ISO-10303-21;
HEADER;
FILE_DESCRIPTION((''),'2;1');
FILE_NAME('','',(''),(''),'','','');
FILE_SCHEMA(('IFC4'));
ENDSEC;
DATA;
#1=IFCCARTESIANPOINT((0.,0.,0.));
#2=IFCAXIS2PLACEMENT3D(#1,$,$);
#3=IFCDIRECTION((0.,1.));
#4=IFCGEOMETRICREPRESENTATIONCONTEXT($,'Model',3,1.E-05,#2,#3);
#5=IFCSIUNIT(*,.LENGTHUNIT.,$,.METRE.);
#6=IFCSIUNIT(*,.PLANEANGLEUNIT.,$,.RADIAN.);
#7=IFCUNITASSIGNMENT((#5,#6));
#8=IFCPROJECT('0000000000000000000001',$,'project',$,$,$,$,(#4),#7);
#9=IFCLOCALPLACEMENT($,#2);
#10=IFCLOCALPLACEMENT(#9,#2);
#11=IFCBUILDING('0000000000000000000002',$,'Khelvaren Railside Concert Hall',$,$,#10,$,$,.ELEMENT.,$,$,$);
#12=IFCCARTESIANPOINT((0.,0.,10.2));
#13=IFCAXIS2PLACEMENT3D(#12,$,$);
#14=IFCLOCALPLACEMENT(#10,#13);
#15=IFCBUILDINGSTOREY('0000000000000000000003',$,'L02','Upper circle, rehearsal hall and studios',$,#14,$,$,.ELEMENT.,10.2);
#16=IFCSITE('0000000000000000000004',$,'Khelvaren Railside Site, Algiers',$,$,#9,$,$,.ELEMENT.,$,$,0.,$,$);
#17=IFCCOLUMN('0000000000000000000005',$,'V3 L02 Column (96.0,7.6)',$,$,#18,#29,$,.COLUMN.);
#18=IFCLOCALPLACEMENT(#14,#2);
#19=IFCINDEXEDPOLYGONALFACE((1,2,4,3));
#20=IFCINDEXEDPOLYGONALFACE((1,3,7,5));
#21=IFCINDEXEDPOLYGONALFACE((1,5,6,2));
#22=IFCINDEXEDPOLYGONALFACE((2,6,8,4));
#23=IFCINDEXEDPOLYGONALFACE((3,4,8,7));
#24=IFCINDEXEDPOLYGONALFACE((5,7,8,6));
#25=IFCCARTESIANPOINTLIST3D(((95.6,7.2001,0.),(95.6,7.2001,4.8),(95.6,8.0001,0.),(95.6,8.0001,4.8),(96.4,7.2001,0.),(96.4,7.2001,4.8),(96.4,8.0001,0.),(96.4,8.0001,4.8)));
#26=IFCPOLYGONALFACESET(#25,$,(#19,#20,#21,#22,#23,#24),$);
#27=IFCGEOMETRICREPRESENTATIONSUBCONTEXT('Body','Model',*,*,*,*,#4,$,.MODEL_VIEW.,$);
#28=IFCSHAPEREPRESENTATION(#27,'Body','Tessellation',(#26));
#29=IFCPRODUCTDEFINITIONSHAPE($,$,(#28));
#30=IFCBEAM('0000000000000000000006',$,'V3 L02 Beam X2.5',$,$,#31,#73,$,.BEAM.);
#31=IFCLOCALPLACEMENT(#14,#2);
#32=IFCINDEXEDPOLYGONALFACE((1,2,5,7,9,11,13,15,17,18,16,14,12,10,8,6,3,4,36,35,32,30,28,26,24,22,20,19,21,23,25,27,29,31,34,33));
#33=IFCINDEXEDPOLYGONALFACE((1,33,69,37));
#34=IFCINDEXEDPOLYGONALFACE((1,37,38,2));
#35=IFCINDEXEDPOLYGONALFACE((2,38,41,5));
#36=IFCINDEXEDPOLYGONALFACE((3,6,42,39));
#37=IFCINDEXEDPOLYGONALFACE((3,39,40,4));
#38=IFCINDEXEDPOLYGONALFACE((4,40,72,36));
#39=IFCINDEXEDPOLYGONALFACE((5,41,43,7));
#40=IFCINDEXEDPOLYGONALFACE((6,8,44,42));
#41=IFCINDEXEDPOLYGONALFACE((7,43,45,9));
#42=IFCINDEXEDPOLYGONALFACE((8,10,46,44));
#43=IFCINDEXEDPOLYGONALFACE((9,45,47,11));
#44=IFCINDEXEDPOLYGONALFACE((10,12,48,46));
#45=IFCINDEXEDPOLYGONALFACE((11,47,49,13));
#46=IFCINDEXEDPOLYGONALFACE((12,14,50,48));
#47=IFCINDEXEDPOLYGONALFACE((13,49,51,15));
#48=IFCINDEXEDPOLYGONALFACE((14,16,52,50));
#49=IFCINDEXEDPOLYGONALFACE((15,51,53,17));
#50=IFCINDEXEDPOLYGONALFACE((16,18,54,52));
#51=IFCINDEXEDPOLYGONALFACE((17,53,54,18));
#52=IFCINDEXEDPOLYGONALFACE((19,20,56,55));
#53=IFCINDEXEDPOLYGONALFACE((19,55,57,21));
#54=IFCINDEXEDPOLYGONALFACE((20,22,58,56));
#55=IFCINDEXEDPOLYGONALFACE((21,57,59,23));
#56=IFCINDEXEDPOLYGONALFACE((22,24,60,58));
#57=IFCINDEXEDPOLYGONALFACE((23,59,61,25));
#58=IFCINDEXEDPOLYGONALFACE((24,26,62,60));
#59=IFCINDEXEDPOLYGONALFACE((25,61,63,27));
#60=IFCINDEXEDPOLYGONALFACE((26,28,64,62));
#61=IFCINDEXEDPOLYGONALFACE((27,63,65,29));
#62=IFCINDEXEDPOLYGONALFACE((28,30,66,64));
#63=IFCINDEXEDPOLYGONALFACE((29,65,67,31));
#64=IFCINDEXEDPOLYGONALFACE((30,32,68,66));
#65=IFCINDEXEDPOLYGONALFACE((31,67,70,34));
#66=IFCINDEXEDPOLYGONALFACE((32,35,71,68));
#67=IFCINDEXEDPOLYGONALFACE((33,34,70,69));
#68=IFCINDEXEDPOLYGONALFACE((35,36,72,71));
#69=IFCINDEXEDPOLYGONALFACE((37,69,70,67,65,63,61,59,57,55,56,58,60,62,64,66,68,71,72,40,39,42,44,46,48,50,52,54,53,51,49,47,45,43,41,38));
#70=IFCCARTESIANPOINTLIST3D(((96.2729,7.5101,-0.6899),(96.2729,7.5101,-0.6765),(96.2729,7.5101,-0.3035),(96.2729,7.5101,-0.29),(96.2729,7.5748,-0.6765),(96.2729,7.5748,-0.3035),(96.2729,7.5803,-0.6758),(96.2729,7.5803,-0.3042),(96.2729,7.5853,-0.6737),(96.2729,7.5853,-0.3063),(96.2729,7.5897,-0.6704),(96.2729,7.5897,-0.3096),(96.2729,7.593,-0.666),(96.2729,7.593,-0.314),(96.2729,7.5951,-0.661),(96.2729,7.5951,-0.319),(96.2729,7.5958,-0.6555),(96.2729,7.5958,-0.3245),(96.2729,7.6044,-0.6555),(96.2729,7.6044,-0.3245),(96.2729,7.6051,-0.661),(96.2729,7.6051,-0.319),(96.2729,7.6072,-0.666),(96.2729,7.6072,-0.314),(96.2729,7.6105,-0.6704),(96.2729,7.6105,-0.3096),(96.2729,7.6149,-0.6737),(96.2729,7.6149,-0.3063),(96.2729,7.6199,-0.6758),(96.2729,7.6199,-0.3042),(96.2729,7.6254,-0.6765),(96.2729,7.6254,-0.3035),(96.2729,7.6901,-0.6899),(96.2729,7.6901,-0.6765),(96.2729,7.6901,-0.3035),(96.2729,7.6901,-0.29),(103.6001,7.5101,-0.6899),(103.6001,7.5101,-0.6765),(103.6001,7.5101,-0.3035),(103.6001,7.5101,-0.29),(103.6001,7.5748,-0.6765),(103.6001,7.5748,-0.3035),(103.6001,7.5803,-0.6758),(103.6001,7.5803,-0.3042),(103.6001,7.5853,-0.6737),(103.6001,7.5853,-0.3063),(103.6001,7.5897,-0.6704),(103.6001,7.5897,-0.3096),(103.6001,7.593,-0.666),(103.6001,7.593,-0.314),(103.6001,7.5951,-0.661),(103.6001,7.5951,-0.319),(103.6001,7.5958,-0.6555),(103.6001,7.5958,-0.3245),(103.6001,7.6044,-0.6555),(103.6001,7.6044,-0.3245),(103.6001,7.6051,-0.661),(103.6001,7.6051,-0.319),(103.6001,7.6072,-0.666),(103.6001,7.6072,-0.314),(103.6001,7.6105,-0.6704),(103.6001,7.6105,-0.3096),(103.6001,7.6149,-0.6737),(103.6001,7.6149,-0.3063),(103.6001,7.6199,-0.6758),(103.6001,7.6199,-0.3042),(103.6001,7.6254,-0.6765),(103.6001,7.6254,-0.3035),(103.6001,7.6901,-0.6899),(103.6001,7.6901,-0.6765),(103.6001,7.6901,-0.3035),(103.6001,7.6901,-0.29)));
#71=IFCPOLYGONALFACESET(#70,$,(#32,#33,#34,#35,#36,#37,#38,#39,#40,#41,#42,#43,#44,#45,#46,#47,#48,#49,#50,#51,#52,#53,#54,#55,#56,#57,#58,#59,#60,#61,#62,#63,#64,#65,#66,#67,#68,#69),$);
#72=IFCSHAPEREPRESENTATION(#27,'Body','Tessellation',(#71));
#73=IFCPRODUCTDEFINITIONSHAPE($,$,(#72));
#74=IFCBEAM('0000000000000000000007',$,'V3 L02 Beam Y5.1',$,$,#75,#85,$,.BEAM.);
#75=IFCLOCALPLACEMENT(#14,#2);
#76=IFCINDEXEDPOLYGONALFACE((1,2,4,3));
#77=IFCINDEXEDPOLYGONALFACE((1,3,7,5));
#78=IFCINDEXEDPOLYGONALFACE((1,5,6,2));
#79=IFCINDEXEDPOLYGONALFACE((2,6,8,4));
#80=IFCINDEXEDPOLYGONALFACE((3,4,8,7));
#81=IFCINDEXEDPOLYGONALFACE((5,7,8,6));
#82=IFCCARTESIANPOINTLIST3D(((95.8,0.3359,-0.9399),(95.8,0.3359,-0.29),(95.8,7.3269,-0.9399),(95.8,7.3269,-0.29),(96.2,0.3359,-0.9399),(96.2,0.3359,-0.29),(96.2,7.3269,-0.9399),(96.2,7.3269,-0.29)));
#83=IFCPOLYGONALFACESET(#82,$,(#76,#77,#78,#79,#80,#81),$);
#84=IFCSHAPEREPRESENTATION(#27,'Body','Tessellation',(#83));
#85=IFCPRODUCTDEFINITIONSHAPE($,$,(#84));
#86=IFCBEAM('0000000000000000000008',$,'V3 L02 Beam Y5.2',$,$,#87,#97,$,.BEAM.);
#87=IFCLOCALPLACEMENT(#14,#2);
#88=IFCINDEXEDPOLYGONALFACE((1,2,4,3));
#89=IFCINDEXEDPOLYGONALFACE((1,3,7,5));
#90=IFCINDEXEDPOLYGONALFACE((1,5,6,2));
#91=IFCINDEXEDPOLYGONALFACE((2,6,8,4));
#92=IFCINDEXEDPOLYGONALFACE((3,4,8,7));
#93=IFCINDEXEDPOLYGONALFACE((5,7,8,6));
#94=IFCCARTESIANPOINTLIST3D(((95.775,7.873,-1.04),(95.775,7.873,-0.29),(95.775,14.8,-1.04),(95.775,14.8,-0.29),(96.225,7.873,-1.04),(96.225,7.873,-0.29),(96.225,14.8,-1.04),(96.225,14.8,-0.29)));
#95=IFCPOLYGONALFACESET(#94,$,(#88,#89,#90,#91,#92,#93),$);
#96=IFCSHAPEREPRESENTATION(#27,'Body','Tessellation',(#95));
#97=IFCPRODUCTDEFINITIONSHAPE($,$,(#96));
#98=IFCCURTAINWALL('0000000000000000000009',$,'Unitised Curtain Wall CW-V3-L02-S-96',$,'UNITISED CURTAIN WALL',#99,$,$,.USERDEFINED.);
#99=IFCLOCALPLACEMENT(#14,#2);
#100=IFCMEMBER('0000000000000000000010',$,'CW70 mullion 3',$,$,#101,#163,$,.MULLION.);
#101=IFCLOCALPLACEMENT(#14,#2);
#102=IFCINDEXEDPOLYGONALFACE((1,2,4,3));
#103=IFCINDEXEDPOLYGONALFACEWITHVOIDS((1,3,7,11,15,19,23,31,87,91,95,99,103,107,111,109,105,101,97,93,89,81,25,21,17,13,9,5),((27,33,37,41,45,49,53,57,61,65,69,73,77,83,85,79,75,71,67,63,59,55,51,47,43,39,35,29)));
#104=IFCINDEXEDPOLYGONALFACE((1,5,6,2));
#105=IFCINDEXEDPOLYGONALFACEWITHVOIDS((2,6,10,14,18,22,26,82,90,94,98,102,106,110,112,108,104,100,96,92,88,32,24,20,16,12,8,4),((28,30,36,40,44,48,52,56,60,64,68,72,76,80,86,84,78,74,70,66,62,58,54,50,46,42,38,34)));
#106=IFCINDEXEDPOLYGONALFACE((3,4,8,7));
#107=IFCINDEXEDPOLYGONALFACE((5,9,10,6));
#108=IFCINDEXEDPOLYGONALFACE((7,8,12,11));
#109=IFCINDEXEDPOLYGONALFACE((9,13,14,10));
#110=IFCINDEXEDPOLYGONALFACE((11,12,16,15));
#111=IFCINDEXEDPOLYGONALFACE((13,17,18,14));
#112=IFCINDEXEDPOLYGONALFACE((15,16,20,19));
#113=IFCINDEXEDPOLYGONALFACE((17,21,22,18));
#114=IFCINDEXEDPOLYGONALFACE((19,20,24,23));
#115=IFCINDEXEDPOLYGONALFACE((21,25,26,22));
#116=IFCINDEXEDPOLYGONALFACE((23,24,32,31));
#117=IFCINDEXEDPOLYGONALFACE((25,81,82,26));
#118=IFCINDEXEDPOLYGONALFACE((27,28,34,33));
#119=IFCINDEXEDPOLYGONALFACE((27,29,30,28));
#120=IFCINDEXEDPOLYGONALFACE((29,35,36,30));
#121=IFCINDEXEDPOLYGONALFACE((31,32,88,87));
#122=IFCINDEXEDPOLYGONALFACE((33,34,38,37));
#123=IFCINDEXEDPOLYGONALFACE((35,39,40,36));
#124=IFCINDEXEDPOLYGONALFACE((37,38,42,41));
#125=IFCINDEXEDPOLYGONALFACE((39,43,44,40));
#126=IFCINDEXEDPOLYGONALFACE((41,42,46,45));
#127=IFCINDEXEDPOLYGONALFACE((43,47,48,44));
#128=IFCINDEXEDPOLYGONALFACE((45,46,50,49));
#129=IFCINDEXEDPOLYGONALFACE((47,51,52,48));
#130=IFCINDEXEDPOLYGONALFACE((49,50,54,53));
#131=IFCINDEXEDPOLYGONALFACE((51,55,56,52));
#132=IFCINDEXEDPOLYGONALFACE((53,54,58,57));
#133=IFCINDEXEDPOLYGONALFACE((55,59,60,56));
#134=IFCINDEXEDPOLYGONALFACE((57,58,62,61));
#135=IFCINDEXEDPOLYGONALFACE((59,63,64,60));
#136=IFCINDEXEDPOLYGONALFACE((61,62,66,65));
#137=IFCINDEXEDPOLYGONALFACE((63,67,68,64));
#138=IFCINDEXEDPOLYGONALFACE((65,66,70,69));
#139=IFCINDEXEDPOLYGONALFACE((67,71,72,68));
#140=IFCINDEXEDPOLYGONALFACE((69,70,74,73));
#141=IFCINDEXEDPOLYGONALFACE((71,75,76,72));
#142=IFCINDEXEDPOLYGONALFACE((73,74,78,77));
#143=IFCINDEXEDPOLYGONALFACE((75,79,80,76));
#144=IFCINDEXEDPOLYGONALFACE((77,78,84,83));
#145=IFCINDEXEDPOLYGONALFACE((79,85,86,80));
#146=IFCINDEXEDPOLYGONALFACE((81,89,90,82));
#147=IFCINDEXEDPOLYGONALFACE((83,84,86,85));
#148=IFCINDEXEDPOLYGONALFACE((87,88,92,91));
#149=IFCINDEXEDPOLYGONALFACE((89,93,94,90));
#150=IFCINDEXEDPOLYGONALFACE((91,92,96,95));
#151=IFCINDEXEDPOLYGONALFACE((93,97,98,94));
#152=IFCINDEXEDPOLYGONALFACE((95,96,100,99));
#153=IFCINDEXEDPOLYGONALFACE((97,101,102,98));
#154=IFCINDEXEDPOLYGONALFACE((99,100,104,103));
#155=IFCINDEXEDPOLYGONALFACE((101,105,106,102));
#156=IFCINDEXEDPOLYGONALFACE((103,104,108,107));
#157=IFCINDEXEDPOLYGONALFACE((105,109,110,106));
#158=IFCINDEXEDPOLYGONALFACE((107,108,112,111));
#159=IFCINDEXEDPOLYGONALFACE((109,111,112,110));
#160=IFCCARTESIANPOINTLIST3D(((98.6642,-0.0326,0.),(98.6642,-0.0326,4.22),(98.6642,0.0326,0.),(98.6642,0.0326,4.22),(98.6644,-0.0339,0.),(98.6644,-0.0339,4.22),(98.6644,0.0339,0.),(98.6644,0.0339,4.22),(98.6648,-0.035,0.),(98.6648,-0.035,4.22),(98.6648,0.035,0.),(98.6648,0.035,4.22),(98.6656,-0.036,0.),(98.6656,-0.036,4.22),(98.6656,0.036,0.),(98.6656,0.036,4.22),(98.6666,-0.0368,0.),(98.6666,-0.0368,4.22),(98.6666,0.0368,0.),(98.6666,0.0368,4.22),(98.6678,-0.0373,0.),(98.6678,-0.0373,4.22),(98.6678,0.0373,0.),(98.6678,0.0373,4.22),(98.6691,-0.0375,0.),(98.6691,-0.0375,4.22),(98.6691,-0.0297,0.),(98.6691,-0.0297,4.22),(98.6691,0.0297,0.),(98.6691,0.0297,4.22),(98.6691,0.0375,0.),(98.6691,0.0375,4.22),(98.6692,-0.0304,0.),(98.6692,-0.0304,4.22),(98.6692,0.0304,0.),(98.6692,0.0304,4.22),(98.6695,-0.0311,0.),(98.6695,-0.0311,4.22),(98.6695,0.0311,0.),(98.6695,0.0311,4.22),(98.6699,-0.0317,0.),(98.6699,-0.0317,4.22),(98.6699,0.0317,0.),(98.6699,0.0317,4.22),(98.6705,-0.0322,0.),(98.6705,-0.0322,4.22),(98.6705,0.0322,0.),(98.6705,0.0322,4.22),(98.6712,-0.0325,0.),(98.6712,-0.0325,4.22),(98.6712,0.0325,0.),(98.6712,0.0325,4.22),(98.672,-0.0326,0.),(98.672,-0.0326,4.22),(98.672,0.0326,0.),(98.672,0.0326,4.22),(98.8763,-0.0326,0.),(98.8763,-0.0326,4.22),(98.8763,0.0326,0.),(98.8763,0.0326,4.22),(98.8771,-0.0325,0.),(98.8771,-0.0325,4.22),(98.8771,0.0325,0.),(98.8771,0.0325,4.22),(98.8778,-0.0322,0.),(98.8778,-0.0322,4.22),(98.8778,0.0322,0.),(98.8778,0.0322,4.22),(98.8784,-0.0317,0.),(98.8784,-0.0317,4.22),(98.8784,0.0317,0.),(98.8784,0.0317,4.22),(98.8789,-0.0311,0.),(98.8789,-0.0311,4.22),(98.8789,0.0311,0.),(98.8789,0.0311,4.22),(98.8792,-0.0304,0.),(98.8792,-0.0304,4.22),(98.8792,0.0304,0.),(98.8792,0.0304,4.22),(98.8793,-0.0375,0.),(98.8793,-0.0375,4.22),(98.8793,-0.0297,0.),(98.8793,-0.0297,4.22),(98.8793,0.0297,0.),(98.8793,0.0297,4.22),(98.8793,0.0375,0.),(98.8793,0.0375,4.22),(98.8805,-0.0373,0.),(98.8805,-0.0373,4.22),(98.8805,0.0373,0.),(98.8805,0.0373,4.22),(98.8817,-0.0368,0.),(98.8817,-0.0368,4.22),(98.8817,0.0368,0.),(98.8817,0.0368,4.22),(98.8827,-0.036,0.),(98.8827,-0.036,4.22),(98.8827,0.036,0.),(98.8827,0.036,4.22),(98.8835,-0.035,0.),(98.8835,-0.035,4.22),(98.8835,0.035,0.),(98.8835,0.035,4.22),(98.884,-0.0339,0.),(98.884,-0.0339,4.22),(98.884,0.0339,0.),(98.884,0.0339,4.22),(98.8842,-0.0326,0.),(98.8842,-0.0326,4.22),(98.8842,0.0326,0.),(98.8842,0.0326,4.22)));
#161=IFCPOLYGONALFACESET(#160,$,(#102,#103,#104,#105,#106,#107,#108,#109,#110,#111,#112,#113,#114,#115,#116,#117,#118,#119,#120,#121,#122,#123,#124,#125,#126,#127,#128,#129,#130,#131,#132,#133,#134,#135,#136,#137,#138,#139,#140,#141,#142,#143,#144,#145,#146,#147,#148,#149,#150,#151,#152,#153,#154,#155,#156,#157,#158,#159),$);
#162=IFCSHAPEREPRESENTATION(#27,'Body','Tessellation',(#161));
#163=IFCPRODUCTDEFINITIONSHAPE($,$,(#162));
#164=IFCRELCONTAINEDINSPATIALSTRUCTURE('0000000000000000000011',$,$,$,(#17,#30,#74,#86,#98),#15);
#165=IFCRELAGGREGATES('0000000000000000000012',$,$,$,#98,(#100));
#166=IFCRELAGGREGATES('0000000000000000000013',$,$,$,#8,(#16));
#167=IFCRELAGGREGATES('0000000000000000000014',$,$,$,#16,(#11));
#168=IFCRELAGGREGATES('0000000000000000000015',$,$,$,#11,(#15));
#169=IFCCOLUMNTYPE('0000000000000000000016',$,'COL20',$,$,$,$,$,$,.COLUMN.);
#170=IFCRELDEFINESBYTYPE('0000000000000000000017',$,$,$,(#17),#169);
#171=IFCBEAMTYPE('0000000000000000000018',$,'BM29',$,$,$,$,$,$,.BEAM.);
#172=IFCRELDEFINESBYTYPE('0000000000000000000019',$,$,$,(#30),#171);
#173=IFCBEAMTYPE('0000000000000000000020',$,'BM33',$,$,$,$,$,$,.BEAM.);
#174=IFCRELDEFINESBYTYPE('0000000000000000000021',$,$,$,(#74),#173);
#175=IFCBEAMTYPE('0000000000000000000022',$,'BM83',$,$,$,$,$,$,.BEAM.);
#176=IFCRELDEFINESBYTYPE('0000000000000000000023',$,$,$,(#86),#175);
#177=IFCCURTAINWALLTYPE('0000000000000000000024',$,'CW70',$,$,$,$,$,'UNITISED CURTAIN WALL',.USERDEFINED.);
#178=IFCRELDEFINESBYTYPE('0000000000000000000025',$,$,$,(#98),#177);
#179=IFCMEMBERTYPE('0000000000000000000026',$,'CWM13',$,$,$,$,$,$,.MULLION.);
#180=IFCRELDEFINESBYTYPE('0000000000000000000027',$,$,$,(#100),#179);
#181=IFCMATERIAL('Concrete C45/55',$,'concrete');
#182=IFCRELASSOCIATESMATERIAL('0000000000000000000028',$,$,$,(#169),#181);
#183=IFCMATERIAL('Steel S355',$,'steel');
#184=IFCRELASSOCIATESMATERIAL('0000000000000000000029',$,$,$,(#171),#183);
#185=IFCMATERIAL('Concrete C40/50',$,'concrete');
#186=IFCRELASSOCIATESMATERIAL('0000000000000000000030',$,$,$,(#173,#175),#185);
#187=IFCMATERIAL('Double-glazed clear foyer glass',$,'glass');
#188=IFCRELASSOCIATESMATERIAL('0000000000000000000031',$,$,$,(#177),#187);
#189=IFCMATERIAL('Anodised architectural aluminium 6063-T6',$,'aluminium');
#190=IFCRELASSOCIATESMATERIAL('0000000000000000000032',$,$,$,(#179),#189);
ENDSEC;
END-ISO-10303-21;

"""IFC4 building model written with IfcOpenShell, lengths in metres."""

from ifc_helpers import new_model, si_unit, direction, frame, origin, origin_2d, place, context, subcontext, project, spatial, rectangle, hollow_rectangle, i_section, extrude, material, material_profile, profile_set, type_object, element, aggregate, save


model = new_model("IFC4")

# Units and contexts
model_context = context("Model", 3, precision=1e-05, world=origin(), true_north=direction((0.0, 1.0)))
body_context = subcontext(model_context, "Body", "Model", "MODEL_VIEW")
ifc_project = project(units=[si_unit("LENGTHUNIT", "METRE"), si_unit("PLANEANGLEUNIT", "RADIAN")], contexts=[model_context])

# Site, building, storey
site_placement = place(None, origin())
site = spatial("IfcSite", under=ifc_project, at=site_placement, Name="Khelvaren Railside Site, Algiers", CompositionType="ELEMENT", RefElevation=0.0)
building_placement = place(site_placement, origin())
building = spatial("IfcBuilding", under=site, at=building_placement, Name="Khelvaren Railside Concert Hall", CompositionType="ELEMENT")
storey_placement = place(building_placement, frame((0.0, 0.0, 10.2)))
storey = spatial("IfcBuildingStorey", under=building, at=storey_placement, Name="L02", Description="Upper circle, rehearsal hall and studios", CompositionType="ELEMENT", Elevation=10.2)

# Column
ifc_material_1 = material(Name="Concrete C45/55", Category="concrete")
ifc_material_profile_1 = material_profile(ifc_material_1, rectangle(XDim=0.8, YDim=0.8, at=origin_2d()), Name="RC 800x800")
ifc_profile_set_1 = profile_set([ifc_material_profile_1], Name="Concrete C45/55")
column_type = type_object("IfcColumnType", Name="COL20", PredefinedType="COLUMN", material=ifc_profile_set_1)
column_placement = place(storey_placement, frame((96.0, 7.6001, 0.0), z_axis=(0.0, 0.0, 1.0), x_axis=(1.0, 0.0, 0.0)))
element("IfcColumn", 1, at=column_placement, inside=storey, type_object=column_type, Name="V3 L02 Column (96.0,7.6)", PredefinedType="COLUMN", context=body_context, shape_type="SweptSolid", body=[
    extrude(rectangle(XDim=0.8, YDim=0.8, at=origin_2d()), origin(), (0.0, 0.0, 1.0), 4.8),
])

# Beams
ifc_material_2 = material(Name="Steel S355", Category="steel")
ifc_material_profile_2 = material_profile(ifc_material_2, i_section(OverallWidth=0.1799, OverallDepth=0.3999, WebThickness=0.0085, FlangeThickness=0.0134, FilletRadius=0.021, at=origin_2d()), Name="IPE 400")
ifc_profile_set_2 = profile_set([ifc_material_profile_2], Name="Steel S355")
beam_type_1 = type_object("IfcBeamType", Name="BM29", PredefinedType="BEAM", material=ifc_profile_set_2)
beam_1_placement = place(storey_placement, frame((96.2729, 7.6001, -0.49), z_axis=(1.0, 0.0, 0.0), x_axis=(0.0, 1.0, 0.0)))
element("IfcBeam", 2, at=beam_1_placement, inside=storey, type_object=beam_type_1, Name="V3 L02 Beam X2.5", PredefinedType="BEAM", context=body_context, shape_type="SweptSolid", body=[
    extrude(i_section(OverallWidth=0.1799, OverallDepth=0.3999, WebThickness=0.0085, FlangeThickness=0.0134, FilletRadius=0.021, at=origin_2d()), origin(), (0.0, 0.0, 1.0), 7.3271),
])
ifc_material_3 = material(Name="Concrete C40/50", Category="concrete")
ifc_material_profile_3 = material_profile(ifc_material_3, rectangle(XDim=0.3999, YDim=0.6499, at=origin_2d()), Name="RCB 400x650")
ifc_profile_set_3 = profile_set([ifc_material_profile_3], Name="Concrete C40/50")
beam_type_2 = type_object("IfcBeamType", Name="BM33", PredefinedType="BEAM", material=ifc_profile_set_3)
beam_2_placement = place(storey_placement, frame((96.0, 0.3359, -0.615), z_axis=(0.0, 1.0, 0.0), x_axis=(-1.0, 0.0, 0.0)))
element("IfcBeam", 3, at=beam_2_placement, inside=storey, type_object=beam_type_2, Name="V3 L02 Beam Y5.1", PredefinedType="BEAM", context=body_context, shape_type="SweptSolid", body=[
    extrude(rectangle(XDim=0.3999, YDim=0.6499, at=origin_2d()), origin(), (0.0, 0.0, 1.0), 6.991),
])
ifc_material_profile_4 = material_profile(ifc_material_3, rectangle(XDim=0.45, YDim=0.75, at=origin_2d()), Name="RCB 450x750")
ifc_profile_set_4 = profile_set([ifc_material_profile_4], Name="Concrete C40/50")
beam_type_3 = type_object("IfcBeamType", Name="BM83", PredefinedType="BEAM", material=ifc_profile_set_4)
beam_3_placement = place(storey_placement, frame((96.0, 7.873, -0.665), z_axis=(0.0, 1.0, 0.0), x_axis=(-1.0, 0.0, 0.0)))
element("IfcBeam", 4, at=beam_3_placement, inside=storey, type_object=beam_type_3, Name="V3 L02 Beam Y5.2", PredefinedType="BEAM", context=body_context, shape_type="SweptSolid", body=[
    extrude(rectangle(XDim=0.45, YDim=0.75, at=origin_2d()), origin(), (0.0, 0.0, 1.0), 6.927),
])

# Curtain wall, member
ifc_material_4 = material(Name="Double-glazed clear foyer glass", Category="glass")
curtain_wall_type = type_object("IfcCurtainWallType", Name="CW70", ElementType="UNITISED CURTAIN WALL", PredefinedType="USERDEFINED", material=ifc_material_4)
curtain_wall_placement = place(storey_placement, origin())
curtain_wall = element("IfcCurtainWall", 5, at=curtain_wall_placement, inside=storey, type_object=curtain_wall_type, Name="Unitised Curtain Wall CW-V3-L02-S-96", ObjectType="UNITISED CURTAIN WALL", PredefinedType="USERDEFINED")
ifc_material_5 = material(Name="Anodised architectural aluminium 6063-T6", Category="aluminium")
ifc_material_profile_5 = material_profile(ifc_material_5, hollow_rectangle(XDim=0.075, YDim=0.22, WallThickness=0.0049, InnerFilletRadius=0.0029, OuterFilletRadius=0.0049, at=origin_2d()), Name="CWM 75x220x5")
ifc_profile_set_5 = profile_set([ifc_material_profile_5], Name="Anodised architectural aluminium 6063-T6")
member_type_1 = type_object("IfcMemberType", Name="CWM13", PredefinedType="MULLION", material=ifc_profile_set_5)
member_1_placement = place(storey_placement, frame((98.7742, 0.0, 0.0), z_axis=(0.0, 0.0, 1.0), x_axis=(0.0, -1.0, 0.0)))
member_1 = element("IfcMember", 6, at=member_1_placement, type_object=member_type_1, Name="CW70 mullion 3", PredefinedType="MULLION", context=body_context, shape_type="SweptSolid", body=[
    extrude(hollow_rectangle(XDim=0.075, YDim=0.22, WallThickness=0.0049, InnerFilletRadius=0.0029, OuterFilletRadius=0.0049, at=origin_2d()), origin(), (0.0, 0.0, 1.0), 4.22),
])

aggregate(curtain_wall, [member_1])

save(model, "model.ifc")
